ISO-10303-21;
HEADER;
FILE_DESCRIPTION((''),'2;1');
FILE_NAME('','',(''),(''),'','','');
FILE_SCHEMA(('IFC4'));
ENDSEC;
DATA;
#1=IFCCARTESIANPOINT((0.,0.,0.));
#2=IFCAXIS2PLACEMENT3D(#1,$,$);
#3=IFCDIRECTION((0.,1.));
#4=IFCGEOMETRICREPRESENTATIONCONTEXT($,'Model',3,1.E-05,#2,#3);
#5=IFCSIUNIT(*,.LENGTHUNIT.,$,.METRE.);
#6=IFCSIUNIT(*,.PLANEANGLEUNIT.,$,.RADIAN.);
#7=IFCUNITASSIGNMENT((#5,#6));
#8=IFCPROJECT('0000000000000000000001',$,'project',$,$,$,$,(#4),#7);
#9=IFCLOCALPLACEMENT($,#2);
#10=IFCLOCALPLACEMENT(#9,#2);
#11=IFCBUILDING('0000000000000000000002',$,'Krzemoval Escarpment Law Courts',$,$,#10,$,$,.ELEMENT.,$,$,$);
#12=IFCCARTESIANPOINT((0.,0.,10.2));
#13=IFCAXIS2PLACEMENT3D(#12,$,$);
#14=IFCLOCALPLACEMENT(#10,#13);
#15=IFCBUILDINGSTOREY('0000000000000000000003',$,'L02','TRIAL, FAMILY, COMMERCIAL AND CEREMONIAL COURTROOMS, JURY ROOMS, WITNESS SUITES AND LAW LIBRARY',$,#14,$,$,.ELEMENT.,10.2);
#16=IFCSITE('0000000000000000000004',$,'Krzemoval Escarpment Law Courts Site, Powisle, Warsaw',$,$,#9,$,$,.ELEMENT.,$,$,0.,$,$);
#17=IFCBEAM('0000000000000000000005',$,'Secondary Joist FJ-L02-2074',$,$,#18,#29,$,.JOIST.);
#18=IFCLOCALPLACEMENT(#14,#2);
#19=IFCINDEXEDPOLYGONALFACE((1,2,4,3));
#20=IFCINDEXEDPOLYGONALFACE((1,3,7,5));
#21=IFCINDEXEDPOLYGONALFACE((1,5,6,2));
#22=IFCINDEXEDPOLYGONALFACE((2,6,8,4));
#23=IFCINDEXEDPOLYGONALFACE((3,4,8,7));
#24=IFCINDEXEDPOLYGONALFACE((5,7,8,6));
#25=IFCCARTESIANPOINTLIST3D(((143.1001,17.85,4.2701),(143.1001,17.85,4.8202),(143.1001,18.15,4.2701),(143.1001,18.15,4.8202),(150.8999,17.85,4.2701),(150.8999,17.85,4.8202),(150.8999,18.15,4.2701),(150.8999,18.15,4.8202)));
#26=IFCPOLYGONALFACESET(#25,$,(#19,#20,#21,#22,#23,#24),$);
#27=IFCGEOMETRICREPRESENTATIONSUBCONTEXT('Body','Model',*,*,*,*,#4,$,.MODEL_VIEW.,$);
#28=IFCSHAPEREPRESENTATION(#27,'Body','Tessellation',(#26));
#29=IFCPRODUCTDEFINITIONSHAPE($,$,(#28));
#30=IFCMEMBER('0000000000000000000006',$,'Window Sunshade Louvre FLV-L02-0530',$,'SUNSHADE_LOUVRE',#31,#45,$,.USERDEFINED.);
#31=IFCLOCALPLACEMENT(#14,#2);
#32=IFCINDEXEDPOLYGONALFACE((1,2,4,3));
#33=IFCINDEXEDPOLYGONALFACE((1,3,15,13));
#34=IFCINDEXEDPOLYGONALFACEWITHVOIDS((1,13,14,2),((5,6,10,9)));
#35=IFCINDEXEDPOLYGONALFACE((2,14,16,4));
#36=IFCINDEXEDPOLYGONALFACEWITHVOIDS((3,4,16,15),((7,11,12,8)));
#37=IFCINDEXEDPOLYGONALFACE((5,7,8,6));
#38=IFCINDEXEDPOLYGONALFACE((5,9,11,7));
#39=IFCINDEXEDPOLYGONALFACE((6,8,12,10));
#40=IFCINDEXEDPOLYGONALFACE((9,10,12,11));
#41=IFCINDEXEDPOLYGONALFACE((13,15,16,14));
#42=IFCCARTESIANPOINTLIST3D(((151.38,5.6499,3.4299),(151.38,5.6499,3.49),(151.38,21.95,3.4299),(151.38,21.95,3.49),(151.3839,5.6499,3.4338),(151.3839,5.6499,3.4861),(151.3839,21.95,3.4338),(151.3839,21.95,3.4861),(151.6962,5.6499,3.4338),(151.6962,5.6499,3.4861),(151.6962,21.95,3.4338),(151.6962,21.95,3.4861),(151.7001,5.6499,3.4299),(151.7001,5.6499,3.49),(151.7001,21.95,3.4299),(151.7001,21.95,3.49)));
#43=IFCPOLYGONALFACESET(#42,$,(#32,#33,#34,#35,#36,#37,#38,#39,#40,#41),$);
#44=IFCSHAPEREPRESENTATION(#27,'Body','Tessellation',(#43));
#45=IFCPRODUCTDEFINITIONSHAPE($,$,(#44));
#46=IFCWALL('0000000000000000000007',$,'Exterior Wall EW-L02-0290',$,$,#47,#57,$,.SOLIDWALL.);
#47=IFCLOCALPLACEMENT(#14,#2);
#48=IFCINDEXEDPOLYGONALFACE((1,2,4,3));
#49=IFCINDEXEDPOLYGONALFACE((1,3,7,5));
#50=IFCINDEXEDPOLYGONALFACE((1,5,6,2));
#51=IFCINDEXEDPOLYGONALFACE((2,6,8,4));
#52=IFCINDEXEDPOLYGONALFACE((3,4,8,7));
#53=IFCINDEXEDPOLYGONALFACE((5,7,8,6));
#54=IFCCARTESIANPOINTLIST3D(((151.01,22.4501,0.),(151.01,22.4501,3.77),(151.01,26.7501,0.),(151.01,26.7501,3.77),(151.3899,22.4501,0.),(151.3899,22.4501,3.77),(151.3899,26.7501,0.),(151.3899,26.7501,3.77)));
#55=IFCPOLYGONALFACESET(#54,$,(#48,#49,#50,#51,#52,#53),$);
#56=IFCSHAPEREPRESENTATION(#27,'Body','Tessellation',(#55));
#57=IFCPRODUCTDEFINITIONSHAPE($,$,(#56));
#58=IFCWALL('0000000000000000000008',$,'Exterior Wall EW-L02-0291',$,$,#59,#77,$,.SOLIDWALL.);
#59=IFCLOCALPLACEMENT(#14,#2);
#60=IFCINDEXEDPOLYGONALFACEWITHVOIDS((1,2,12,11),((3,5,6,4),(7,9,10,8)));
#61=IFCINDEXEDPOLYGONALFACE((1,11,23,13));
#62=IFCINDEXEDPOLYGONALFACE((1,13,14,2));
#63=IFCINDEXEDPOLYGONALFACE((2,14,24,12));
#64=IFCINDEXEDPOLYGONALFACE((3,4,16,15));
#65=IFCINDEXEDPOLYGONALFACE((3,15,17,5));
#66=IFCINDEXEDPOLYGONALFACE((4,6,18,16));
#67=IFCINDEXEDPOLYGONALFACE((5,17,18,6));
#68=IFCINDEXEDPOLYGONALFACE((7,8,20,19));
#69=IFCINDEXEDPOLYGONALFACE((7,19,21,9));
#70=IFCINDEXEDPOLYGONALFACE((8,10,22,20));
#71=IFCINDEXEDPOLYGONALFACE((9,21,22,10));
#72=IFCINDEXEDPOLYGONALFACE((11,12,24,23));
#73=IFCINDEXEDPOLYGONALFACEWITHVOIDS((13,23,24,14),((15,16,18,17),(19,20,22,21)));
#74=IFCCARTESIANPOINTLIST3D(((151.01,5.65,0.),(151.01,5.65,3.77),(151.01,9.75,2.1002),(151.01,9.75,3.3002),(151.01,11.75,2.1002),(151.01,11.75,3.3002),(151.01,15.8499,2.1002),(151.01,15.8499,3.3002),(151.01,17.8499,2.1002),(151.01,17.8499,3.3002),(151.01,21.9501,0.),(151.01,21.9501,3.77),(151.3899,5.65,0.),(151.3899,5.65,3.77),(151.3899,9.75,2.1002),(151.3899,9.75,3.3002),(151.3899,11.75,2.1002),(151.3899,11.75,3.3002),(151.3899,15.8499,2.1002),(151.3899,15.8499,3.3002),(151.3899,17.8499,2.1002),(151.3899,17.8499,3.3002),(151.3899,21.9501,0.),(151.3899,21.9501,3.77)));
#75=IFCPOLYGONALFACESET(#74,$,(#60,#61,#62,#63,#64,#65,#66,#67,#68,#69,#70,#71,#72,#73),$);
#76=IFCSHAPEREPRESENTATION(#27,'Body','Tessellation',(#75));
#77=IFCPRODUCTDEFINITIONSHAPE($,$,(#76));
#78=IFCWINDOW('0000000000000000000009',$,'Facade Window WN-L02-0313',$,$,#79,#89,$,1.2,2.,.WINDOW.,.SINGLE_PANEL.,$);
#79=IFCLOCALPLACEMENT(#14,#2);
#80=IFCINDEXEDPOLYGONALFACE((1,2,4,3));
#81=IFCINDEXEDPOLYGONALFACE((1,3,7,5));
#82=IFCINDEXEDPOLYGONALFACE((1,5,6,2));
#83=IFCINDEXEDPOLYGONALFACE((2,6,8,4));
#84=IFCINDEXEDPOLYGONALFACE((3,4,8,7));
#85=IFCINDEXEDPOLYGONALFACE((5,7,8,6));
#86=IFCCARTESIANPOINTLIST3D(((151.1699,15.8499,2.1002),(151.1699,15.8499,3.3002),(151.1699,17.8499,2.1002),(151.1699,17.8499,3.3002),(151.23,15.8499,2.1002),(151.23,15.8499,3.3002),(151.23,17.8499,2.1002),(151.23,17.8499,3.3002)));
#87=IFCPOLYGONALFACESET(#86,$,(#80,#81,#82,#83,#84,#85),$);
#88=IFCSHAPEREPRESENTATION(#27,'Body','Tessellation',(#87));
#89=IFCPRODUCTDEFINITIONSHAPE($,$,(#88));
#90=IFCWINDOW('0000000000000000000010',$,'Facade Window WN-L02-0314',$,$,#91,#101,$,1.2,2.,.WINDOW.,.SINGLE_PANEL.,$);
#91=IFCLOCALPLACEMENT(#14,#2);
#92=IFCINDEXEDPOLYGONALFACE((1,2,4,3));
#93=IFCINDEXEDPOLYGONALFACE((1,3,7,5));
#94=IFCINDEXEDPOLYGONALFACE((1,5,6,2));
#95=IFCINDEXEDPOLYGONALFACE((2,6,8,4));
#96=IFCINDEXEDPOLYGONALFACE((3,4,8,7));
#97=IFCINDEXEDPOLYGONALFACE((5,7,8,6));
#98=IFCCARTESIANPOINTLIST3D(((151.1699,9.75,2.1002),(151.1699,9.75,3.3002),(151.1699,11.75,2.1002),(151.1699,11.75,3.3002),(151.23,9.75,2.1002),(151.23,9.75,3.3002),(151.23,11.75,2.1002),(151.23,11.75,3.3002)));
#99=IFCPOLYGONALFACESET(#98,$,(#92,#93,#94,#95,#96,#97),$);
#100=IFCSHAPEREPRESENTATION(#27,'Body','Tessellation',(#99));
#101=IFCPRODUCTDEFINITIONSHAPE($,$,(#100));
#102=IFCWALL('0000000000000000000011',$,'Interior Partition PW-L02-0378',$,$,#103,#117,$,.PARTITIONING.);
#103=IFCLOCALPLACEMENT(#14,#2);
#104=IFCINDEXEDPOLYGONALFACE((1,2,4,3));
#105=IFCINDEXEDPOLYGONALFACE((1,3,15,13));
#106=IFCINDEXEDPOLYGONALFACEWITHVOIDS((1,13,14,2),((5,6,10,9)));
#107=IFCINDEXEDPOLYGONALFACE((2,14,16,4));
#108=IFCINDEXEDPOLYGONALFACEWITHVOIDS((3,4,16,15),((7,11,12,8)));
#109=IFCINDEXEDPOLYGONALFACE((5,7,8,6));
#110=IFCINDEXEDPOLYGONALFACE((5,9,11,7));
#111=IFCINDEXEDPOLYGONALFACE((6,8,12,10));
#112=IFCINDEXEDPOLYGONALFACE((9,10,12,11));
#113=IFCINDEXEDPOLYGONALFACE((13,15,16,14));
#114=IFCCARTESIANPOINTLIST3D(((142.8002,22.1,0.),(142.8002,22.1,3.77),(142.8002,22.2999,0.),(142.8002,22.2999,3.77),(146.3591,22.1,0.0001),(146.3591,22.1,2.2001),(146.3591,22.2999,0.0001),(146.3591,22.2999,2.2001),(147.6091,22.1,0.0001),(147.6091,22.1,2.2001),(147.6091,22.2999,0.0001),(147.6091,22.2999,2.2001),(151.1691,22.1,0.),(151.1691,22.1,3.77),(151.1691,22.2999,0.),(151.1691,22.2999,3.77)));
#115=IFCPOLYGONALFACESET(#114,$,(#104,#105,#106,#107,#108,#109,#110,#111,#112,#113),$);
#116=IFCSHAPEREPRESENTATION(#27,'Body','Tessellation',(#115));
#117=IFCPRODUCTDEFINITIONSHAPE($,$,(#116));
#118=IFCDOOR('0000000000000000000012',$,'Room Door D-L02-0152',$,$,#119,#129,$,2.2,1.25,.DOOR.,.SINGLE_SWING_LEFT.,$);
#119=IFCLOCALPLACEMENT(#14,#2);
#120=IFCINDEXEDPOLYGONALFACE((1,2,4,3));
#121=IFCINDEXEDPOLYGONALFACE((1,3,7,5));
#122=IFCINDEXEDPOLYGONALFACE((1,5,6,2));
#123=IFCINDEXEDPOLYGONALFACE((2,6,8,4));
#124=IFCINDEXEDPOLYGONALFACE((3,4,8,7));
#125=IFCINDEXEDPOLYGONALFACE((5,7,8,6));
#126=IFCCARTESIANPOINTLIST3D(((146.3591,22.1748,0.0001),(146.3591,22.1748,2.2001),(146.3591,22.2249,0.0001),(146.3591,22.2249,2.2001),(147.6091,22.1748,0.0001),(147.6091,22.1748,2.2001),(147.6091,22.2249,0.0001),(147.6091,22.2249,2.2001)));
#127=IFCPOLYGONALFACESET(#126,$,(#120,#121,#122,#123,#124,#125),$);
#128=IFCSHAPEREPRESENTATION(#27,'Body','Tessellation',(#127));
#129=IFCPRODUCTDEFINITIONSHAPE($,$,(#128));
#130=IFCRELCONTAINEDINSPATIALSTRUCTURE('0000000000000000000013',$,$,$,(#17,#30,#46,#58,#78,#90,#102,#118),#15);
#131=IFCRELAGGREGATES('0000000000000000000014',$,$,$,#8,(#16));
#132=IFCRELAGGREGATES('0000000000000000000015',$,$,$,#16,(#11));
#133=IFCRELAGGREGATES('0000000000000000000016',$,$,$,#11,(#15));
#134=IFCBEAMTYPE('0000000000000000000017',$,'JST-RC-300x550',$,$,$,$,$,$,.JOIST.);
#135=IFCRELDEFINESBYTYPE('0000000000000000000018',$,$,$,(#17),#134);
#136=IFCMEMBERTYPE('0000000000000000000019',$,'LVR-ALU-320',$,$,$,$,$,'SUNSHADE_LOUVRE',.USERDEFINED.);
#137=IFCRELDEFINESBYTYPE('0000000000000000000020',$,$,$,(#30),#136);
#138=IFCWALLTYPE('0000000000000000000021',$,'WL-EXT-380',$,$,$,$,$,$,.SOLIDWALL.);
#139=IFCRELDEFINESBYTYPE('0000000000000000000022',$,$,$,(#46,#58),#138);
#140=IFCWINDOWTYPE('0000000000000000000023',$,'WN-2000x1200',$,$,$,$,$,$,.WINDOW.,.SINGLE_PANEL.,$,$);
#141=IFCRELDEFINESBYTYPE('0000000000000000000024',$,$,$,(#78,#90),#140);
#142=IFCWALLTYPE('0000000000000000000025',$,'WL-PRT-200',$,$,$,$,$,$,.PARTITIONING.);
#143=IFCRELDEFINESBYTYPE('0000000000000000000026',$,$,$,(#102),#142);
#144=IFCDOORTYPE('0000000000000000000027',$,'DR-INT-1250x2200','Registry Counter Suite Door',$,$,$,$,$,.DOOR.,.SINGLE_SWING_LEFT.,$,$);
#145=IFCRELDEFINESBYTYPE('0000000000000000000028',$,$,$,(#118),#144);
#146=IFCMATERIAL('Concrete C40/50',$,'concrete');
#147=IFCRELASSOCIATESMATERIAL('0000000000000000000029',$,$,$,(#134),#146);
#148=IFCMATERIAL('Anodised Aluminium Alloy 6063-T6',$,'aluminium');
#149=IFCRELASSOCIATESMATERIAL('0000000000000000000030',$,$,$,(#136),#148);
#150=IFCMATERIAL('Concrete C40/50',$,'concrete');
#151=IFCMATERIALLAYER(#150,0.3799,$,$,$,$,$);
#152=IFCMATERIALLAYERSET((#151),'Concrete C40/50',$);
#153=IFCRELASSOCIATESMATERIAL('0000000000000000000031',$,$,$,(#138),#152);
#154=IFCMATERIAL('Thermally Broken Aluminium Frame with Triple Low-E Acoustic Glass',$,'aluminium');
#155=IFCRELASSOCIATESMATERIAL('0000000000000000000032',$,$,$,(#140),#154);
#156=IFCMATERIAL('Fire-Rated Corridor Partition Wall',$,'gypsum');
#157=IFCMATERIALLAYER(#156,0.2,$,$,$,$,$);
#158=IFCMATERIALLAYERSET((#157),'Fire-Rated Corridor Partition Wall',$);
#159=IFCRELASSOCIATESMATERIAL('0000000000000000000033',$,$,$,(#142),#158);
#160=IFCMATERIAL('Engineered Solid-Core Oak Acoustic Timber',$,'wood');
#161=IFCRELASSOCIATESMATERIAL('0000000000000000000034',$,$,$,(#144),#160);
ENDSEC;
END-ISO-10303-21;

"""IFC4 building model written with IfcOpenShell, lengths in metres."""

from ifc_helpers import new_model, si_unit, direction, frame, frame_2d, origin, origin_2d, place, context, subcontext, project, spatial, rectangle, hollow_rectangle, extrude, material, layer, layer_set, material_profile, profile_set, type_object, element, fill, save


model = new_model("IFC4")

# Units and contexts
model_context = context("Model", 3, precision=1e-05, world=origin(), true_north=direction((0.0, 1.0)))
body_context = subcontext(model_context, "Body", "Model", "MODEL_VIEW")
ifc_project = project(units=[si_unit("LENGTHUNIT", "METRE"), si_unit("PLANEANGLEUNIT", "RADIAN")], contexts=[model_context])

# Site, building, storey
site_placement = place(None, origin())
site = spatial("IfcSite", under=ifc_project, at=site_placement, Name="Krzemoval Escarpment Law Courts Site, Powisle, Warsaw", CompositionType="ELEMENT", RefElevation=0.0)
building_placement = place(site_placement, origin())
building = spatial("IfcBuilding", under=site, at=building_placement, Name="Krzemoval Escarpment Law Courts", CompositionType="ELEMENT")
storey_placement = place(building_placement, frame((0.0, 0.0, 10.2)))
storey = spatial("IfcBuildingStorey", under=building, at=storey_placement, Name="L02", Description="TRIAL, FAMILY, COMMERCIAL AND CEREMONIAL COURTROOMS, JURY ROOMS, WITNESS SUITES AND LAW LIBRARY", CompositionType="ELEMENT", Elevation=10.2)

# Beam
ifc_material_1 = material(Name="Concrete C40/50", Category="concrete")
ifc_material_profile_1 = material_profile(ifc_material_1, rectangle(XDim=0.3, YDim=0.55, at=origin_2d()), Name="RCB 300x550")
ifc_profile_set_1 = profile_set([ifc_material_profile_1], Name="Concrete C40/50")
beam_type_1 = type_object("IfcBeamType", Name="JST-RC-300x550", PredefinedType="JOIST", material=ifc_profile_set_1)
for number, where, z_axis, x_axis, name in (
    (1, (143.1001, 18.0, 4.5452), (1.0, 0.0, 0.0), (0.0, 1.0, 0.0), "Secondary Joist FJ-L02-2074"),
):
    element("IfcBeam", number, at=place(storey_placement, frame(where, z_axis=z_axis, x_axis=x_axis)), inside=storey, type_object=beam_type_1, Name=name, PredefinedType="JOIST", context=body_context, shape_type="SweptSolid", body=[
        extrude(rectangle(XDim=0.3, YDim=0.55, at=origin_2d()), origin(), (0.0, 0.0, 1.0), 7.7998),
    ])

# Member
ifc_material_2 = material(Name="Anodised Aluminium Alloy 6063-T6", Category="aluminium")
ifc_material_profile_2 = material_profile(ifc_material_2, hollow_rectangle(XDim=0.0601, YDim=0.3201, WallThickness=0.0039, at=origin_2d()), Name="ALU LVR 60x320")
ifc_profile_set_2 = profile_set([ifc_material_profile_2], Name="Anodised Aluminium Alloy 6063-T6")
member_type = type_object("IfcMemberType", Name="LVR-ALU-320", ElementType="SUNSHADE_LOUVRE", PredefinedType="USERDEFINED", material=ifc_profile_set_2)
member_placement = place(storey_placement, frame((151.54, 21.95, 3.46), z_axis=(0.0, -1.0, 0.0), x_axis=(0.0, 0.0, 1.0)))
element("IfcMember", 2, at=member_placement, inside=storey, type_object=member_type, Name="Window Sunshade Louvre FLV-L02-0530", ObjectType="SUNSHADE_LOUVRE", PredefinedType="USERDEFINED", context=body_context, shape_type="SweptSolid", body=[
    extrude(hollow_rectangle(XDim=0.0601, YDim=0.3201, WallThickness=0.0039, at=origin_2d()), origin(), (0.0, 0.0, 1.0), 16.3),
])

# Wall
ifc_material_3 = material(Name="Concrete C40/50", Category="concrete")
ifc_layer_1 = layer(ifc_material_3, 0.3799)
ifc_layer_set_1 = layer_set([ifc_layer_1], Name="Concrete C40/50")
wall_type_1 = type_object("IfcWallType", Name="WL-EXT-380", PredefinedType="SOLIDWALL", material=ifc_layer_set_1)
wall_1_placement = place(storey_placement, frame((151.2, 26.75, 0.0), z_axis=(0.0, 0.0, 1.0), x_axis=(0.0, -1.0, 0.0)))
element("IfcWall", 3, at=wall_1_placement, inside=storey, type_object=wall_type_1, Name="Exterior Wall EW-L02-0290", PredefinedType="SOLIDWALL", context=body_context, shape_type="SweptSolid", body=[
    extrude(rectangle(XDim=4.3, YDim=0.3799, at=frame_2d((2.1499, 0.0))), origin(), (0.0, 0.0, 1.0), 3.77),
])

# Wall, openings, windows
wall_2_placement = place(storey_placement, frame((151.2, 21.95, 0.0), z_axis=(0.0, 0.0, 1.0), x_axis=(0.0, -1.0, 0.0)))
wall_2 = element("IfcWall", 4, at=wall_2_placement, inside=storey, type_object=wall_type_1, Name="Exterior Wall EW-L02-0291", PredefinedType="SOLIDWALL", context=body_context, shape_type="SweptSolid", body=[
    extrude(rectangle(XDim=16.3, YDim=0.3799, at=frame_2d((8.1499, 0.0))), origin(), (0.0, 0.0, 1.0), 3.77),
])
opening_1_placement = place(wall_2_placement, frame((4.1001, 0.0, 2.1001)))
opening_1 = element("IfcOpeningElement", 5, at=opening_1_placement, cuts=wall_2, PredefinedType="OPENING", context=body_context, shape_type="SweptSolid", body=[
    extrude(rectangle(XDim=2.0, YDim=1.2, at=frame_2d((1.0, 0.6001))), frame((0.0, 0.2049, 0.0), z_axis=(0.0, -1.0, 0.0), x_axis=(1.0, 0.0, 0.0)), (0.0, 0.0, 1.0), 0.4099),
])
opening_2_placement = place(wall_2_placement, frame((10.2, 0.0, 2.1001)))
opening_2 = element("IfcOpeningElement", 6, at=opening_2_placement, cuts=wall_2, PredefinedType="OPENING", context=body_context, shape_type="SweptSolid", body=[
    extrude(rectangle(XDim=2.0, YDim=1.2, at=frame_2d((1.0, 0.6001))), frame((0.0, 0.2049, 0.0), z_axis=(0.0, -1.0, 0.0), x_axis=(1.0, 0.0, 0.0)), (0.0, 0.0, 1.0), 0.4099),
])
ifc_material_4 = material(Name="Thermally Broken Aluminium Frame with Triple Low-E Acoustic Glass", Category="aluminium")
window_type = type_object("IfcWindowType", Name="WN-2000x1200", PartitioningType="SINGLE_PANEL", PredefinedType="WINDOW", material=ifc_material_4)
window_1_placement = place(opening_1_placement, origin())
window_1 = element("IfcWindow", 7, at=window_1_placement, inside=storey, type_object=window_type, Name="Facade Window WN-L02-0313", OverallHeight=1.2, OverallWidth=2.0, PartitioningType="SINGLE_PANEL", PredefinedType="WINDOW", context=body_context, shape_type="SweptSolid", body=[
    extrude(rectangle(XDim=2.0, YDim=1.2, at=frame_2d((1.0, 0.6001))), frame((0.0, 0.03, 0.0), z_axis=(0.0, -1.0, 0.0), x_axis=(1.0, 0.0, 0.0)), (0.0, 0.0, 1.0), 0.0601),
])
fill(opening_1, window_1)
window_2_placement = place(opening_2_placement, origin())
window_2 = element("IfcWindow", 8, at=window_2_placement, inside=storey, type_object=window_type, Name="Facade Window WN-L02-0314", OverallHeight=1.2, OverallWidth=2.0, PartitioningType="SINGLE_PANEL", PredefinedType="WINDOW", context=body_context, shape_type="SweptSolid", body=[
    extrude(rectangle(XDim=2.0, YDim=1.2, at=frame_2d((1.0, 0.6001))), frame((0.0, 0.03, 0.0), z_axis=(0.0, -1.0, 0.0), x_axis=(1.0, 0.0, 0.0)), (0.0, 0.0, 1.0), 0.0601),
])
fill(opening_2, window_2)

# Wall, opening, door
ifc_material_5 = material(Name="Fire-Rated Corridor Partition Wall", Category="gypsum")
ifc_layer_2 = layer(ifc_material_5, 0.2)
ifc_layer_set_2 = layer_set([ifc_layer_2], Name="Fire-Rated Corridor Partition Wall")
wall_type_2 = type_object("IfcWallType", Name="WL-PRT-200", PredefinedType="PARTITIONING", material=ifc_layer_set_2)
wall_3_placement = place(storey_placement, frame((142.8, 22.2, 0.0), z_axis=(0.0, 0.0, 1.0), x_axis=(1.0, 0.0, 0.0)))
wall_3 = element("IfcWall", 9, at=wall_3_placement, inside=storey, type_object=wall_type_2, Name="Interior Partition PW-L02-0378", PredefinedType="PARTITIONING", context=body_context, shape_type="SweptSolid", body=[
    extrude(rectangle(XDim=8.3689, YDim=0.2, at=frame_2d((4.1846, 0.0))), origin(), (0.0, 0.0, 1.0), 3.77),
])
opening_3_placement = place(wall_3_placement, frame((3.5591, 0.0, 0.0)))
opening_3 = element("IfcOpeningElement", 10, at=opening_3_placement, cuts=wall_3, PredefinedType="OPENING", context=body_context, shape_type="SweptSolid", body=[
    extrude(rectangle(XDim=1.25, YDim=2.2, at=frame_2d((0.625, 1.1001))), frame((0.0, 0.115, 0.0), z_axis=(0.0, -1.0, 0.0), x_axis=(1.0, 0.0, 0.0)), (0.0, 0.0, 1.0), 0.2299),
])
ifc_material_6 = material(Name="Engineered Solid-Core Oak Acoustic Timber", Category="wood")
door_type = type_object("IfcDoorType", Name="DR-INT-1250x2200", Description="Registry Counter Suite Door", OperationType="SINGLE_SWING_LEFT", PredefinedType="DOOR", material=ifc_material_6)
door_placement = place(opening_3_placement, origin())
door = element("IfcDoor", 11, at=door_placement, inside=storey, type_object=door_type, Name="Room Door D-L02-0152", OperationType="SINGLE_SWING_LEFT", OverallHeight=2.2, OverallWidth=1.25, PredefinedType="DOOR", context=body_context, shape_type="SweptSolid", body=[
    extrude(rectangle(XDim=1.25, YDim=2.2, at=frame_2d((0.625, 1.1001))), frame((0.0, 0.0249, 0.0), z_axis=(0.0, -1.0, 0.0), x_axis=(1.0, 0.0, 0.0)), (0.0, 0.0, 1.0), 0.05),
])
fill(opening_3, door)

save(model, "model.ifc")
